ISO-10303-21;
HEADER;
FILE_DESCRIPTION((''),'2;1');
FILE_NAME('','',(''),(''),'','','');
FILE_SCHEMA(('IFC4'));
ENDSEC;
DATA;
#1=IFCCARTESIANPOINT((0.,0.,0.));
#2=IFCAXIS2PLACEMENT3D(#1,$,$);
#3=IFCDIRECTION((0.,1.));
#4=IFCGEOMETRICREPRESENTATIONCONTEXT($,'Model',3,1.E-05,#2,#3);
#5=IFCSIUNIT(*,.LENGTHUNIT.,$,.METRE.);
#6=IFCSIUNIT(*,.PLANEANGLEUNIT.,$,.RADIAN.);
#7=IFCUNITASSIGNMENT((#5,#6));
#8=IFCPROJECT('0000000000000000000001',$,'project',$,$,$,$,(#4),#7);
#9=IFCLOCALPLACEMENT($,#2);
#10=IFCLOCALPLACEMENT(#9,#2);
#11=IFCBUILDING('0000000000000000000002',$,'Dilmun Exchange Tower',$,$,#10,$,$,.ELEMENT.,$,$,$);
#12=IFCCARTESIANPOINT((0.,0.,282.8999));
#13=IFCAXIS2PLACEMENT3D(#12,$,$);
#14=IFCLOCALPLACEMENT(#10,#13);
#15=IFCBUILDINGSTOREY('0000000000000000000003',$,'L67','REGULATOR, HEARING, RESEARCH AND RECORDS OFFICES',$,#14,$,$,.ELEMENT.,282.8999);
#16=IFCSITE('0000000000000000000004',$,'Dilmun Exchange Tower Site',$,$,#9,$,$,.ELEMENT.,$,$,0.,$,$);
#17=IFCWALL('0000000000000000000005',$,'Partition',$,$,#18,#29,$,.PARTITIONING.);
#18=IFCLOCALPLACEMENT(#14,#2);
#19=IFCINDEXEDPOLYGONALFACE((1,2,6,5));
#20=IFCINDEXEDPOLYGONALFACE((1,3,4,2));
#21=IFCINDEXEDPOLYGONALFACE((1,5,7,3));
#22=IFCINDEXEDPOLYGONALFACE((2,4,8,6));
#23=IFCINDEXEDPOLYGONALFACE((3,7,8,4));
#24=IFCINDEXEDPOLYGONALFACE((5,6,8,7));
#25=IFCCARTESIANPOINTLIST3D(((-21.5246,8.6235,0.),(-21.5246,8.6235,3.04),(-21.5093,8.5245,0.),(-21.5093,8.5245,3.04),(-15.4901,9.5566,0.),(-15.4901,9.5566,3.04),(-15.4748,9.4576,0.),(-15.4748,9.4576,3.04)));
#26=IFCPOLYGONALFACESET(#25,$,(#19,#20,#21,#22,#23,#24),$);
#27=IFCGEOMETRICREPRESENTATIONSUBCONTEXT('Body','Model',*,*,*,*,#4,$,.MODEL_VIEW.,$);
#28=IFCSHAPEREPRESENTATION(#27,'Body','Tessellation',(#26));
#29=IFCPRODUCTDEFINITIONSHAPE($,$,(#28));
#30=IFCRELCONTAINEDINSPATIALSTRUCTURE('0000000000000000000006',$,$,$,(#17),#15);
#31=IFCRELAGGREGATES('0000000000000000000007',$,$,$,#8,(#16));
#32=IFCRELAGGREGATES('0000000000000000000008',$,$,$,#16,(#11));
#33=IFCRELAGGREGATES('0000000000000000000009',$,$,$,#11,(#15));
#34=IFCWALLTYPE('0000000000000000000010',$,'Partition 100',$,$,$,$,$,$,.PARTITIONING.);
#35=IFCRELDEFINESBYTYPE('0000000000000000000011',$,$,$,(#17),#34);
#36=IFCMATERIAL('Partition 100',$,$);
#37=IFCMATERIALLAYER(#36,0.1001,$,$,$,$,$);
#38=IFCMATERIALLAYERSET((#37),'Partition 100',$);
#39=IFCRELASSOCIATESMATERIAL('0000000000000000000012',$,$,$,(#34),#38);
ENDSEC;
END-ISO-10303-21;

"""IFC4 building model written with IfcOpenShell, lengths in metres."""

from ifc_helpers import new_model, si_unit, direction, frame, frame_2d, origin, place, context, subcontext, project, spatial, rectangle, extrude, material, layer, layer_set, type_object, element, save


model = new_model("IFC4")

# Units and contexts
model_context = context("Model", 3, precision=1e-05, world=origin(), true_north=direction((0.0, 1.0)))
body_context = subcontext(model_context, "Body", "Model", "MODEL_VIEW")
ifc_project = project(units=[si_unit("LENGTHUNIT", "METRE"), si_unit("PLANEANGLEUNIT", "RADIAN")], contexts=[model_context])

# Site, building, storey
site_placement = place(None, origin())
site = spatial("IfcSite", under=ifc_project, at=site_placement, Name="Dilmun Exchange Tower Site", CompositionType="ELEMENT", RefElevation=0.0)
building_placement = place(site_placement, origin())
building = spatial("IfcBuilding", under=site, at=building_placement, Name="Dilmun Exchange Tower", CompositionType="ELEMENT")
storey_placement = place(building_placement, frame((0.0, 0.0, 282.8999)))
storey = spatial("IfcBuildingStorey", under=building, at=storey_placement, Name="L67", Description="REGULATOR, HEARING, RESEARCH AND RECORDS OFFICES", CompositionType="ELEMENT", Elevation=282.8999)

# Wall
ifc_material_1 = material(Name="Partition 100")
ifc_layer_1 = layer(ifc_material_1, 0.1001)
ifc_layer_set_1 = layer_set([ifc_layer_1], Name="Partition 100")
wall_type_1 = type_object("IfcWallType", Name="Partition 100", PredefinedType="PARTITIONING", material=ifc_layer_set_1)
wall_1_placement = place(storey_placement, frame((-21.5171, 8.574, 0.0), z_axis=(0.0, 0.0, 1.0), x_axis=(0.988255, 0.152814, 0.0)))
element("IfcWall", 1, at=wall_1_placement, inside=storey, type_object=wall_type_1, Name="Partition", PredefinedType="PARTITIONING", context=body_context, shape_type="SweptSolid", body=[
    extrude(rectangle(XDim=6.1062, YDim=0.1001, at=frame_2d((3.0532, 0.0))), origin(), (0.0, 0.0, 1.0), 3.04),
])

save(model, "model.ifc")
